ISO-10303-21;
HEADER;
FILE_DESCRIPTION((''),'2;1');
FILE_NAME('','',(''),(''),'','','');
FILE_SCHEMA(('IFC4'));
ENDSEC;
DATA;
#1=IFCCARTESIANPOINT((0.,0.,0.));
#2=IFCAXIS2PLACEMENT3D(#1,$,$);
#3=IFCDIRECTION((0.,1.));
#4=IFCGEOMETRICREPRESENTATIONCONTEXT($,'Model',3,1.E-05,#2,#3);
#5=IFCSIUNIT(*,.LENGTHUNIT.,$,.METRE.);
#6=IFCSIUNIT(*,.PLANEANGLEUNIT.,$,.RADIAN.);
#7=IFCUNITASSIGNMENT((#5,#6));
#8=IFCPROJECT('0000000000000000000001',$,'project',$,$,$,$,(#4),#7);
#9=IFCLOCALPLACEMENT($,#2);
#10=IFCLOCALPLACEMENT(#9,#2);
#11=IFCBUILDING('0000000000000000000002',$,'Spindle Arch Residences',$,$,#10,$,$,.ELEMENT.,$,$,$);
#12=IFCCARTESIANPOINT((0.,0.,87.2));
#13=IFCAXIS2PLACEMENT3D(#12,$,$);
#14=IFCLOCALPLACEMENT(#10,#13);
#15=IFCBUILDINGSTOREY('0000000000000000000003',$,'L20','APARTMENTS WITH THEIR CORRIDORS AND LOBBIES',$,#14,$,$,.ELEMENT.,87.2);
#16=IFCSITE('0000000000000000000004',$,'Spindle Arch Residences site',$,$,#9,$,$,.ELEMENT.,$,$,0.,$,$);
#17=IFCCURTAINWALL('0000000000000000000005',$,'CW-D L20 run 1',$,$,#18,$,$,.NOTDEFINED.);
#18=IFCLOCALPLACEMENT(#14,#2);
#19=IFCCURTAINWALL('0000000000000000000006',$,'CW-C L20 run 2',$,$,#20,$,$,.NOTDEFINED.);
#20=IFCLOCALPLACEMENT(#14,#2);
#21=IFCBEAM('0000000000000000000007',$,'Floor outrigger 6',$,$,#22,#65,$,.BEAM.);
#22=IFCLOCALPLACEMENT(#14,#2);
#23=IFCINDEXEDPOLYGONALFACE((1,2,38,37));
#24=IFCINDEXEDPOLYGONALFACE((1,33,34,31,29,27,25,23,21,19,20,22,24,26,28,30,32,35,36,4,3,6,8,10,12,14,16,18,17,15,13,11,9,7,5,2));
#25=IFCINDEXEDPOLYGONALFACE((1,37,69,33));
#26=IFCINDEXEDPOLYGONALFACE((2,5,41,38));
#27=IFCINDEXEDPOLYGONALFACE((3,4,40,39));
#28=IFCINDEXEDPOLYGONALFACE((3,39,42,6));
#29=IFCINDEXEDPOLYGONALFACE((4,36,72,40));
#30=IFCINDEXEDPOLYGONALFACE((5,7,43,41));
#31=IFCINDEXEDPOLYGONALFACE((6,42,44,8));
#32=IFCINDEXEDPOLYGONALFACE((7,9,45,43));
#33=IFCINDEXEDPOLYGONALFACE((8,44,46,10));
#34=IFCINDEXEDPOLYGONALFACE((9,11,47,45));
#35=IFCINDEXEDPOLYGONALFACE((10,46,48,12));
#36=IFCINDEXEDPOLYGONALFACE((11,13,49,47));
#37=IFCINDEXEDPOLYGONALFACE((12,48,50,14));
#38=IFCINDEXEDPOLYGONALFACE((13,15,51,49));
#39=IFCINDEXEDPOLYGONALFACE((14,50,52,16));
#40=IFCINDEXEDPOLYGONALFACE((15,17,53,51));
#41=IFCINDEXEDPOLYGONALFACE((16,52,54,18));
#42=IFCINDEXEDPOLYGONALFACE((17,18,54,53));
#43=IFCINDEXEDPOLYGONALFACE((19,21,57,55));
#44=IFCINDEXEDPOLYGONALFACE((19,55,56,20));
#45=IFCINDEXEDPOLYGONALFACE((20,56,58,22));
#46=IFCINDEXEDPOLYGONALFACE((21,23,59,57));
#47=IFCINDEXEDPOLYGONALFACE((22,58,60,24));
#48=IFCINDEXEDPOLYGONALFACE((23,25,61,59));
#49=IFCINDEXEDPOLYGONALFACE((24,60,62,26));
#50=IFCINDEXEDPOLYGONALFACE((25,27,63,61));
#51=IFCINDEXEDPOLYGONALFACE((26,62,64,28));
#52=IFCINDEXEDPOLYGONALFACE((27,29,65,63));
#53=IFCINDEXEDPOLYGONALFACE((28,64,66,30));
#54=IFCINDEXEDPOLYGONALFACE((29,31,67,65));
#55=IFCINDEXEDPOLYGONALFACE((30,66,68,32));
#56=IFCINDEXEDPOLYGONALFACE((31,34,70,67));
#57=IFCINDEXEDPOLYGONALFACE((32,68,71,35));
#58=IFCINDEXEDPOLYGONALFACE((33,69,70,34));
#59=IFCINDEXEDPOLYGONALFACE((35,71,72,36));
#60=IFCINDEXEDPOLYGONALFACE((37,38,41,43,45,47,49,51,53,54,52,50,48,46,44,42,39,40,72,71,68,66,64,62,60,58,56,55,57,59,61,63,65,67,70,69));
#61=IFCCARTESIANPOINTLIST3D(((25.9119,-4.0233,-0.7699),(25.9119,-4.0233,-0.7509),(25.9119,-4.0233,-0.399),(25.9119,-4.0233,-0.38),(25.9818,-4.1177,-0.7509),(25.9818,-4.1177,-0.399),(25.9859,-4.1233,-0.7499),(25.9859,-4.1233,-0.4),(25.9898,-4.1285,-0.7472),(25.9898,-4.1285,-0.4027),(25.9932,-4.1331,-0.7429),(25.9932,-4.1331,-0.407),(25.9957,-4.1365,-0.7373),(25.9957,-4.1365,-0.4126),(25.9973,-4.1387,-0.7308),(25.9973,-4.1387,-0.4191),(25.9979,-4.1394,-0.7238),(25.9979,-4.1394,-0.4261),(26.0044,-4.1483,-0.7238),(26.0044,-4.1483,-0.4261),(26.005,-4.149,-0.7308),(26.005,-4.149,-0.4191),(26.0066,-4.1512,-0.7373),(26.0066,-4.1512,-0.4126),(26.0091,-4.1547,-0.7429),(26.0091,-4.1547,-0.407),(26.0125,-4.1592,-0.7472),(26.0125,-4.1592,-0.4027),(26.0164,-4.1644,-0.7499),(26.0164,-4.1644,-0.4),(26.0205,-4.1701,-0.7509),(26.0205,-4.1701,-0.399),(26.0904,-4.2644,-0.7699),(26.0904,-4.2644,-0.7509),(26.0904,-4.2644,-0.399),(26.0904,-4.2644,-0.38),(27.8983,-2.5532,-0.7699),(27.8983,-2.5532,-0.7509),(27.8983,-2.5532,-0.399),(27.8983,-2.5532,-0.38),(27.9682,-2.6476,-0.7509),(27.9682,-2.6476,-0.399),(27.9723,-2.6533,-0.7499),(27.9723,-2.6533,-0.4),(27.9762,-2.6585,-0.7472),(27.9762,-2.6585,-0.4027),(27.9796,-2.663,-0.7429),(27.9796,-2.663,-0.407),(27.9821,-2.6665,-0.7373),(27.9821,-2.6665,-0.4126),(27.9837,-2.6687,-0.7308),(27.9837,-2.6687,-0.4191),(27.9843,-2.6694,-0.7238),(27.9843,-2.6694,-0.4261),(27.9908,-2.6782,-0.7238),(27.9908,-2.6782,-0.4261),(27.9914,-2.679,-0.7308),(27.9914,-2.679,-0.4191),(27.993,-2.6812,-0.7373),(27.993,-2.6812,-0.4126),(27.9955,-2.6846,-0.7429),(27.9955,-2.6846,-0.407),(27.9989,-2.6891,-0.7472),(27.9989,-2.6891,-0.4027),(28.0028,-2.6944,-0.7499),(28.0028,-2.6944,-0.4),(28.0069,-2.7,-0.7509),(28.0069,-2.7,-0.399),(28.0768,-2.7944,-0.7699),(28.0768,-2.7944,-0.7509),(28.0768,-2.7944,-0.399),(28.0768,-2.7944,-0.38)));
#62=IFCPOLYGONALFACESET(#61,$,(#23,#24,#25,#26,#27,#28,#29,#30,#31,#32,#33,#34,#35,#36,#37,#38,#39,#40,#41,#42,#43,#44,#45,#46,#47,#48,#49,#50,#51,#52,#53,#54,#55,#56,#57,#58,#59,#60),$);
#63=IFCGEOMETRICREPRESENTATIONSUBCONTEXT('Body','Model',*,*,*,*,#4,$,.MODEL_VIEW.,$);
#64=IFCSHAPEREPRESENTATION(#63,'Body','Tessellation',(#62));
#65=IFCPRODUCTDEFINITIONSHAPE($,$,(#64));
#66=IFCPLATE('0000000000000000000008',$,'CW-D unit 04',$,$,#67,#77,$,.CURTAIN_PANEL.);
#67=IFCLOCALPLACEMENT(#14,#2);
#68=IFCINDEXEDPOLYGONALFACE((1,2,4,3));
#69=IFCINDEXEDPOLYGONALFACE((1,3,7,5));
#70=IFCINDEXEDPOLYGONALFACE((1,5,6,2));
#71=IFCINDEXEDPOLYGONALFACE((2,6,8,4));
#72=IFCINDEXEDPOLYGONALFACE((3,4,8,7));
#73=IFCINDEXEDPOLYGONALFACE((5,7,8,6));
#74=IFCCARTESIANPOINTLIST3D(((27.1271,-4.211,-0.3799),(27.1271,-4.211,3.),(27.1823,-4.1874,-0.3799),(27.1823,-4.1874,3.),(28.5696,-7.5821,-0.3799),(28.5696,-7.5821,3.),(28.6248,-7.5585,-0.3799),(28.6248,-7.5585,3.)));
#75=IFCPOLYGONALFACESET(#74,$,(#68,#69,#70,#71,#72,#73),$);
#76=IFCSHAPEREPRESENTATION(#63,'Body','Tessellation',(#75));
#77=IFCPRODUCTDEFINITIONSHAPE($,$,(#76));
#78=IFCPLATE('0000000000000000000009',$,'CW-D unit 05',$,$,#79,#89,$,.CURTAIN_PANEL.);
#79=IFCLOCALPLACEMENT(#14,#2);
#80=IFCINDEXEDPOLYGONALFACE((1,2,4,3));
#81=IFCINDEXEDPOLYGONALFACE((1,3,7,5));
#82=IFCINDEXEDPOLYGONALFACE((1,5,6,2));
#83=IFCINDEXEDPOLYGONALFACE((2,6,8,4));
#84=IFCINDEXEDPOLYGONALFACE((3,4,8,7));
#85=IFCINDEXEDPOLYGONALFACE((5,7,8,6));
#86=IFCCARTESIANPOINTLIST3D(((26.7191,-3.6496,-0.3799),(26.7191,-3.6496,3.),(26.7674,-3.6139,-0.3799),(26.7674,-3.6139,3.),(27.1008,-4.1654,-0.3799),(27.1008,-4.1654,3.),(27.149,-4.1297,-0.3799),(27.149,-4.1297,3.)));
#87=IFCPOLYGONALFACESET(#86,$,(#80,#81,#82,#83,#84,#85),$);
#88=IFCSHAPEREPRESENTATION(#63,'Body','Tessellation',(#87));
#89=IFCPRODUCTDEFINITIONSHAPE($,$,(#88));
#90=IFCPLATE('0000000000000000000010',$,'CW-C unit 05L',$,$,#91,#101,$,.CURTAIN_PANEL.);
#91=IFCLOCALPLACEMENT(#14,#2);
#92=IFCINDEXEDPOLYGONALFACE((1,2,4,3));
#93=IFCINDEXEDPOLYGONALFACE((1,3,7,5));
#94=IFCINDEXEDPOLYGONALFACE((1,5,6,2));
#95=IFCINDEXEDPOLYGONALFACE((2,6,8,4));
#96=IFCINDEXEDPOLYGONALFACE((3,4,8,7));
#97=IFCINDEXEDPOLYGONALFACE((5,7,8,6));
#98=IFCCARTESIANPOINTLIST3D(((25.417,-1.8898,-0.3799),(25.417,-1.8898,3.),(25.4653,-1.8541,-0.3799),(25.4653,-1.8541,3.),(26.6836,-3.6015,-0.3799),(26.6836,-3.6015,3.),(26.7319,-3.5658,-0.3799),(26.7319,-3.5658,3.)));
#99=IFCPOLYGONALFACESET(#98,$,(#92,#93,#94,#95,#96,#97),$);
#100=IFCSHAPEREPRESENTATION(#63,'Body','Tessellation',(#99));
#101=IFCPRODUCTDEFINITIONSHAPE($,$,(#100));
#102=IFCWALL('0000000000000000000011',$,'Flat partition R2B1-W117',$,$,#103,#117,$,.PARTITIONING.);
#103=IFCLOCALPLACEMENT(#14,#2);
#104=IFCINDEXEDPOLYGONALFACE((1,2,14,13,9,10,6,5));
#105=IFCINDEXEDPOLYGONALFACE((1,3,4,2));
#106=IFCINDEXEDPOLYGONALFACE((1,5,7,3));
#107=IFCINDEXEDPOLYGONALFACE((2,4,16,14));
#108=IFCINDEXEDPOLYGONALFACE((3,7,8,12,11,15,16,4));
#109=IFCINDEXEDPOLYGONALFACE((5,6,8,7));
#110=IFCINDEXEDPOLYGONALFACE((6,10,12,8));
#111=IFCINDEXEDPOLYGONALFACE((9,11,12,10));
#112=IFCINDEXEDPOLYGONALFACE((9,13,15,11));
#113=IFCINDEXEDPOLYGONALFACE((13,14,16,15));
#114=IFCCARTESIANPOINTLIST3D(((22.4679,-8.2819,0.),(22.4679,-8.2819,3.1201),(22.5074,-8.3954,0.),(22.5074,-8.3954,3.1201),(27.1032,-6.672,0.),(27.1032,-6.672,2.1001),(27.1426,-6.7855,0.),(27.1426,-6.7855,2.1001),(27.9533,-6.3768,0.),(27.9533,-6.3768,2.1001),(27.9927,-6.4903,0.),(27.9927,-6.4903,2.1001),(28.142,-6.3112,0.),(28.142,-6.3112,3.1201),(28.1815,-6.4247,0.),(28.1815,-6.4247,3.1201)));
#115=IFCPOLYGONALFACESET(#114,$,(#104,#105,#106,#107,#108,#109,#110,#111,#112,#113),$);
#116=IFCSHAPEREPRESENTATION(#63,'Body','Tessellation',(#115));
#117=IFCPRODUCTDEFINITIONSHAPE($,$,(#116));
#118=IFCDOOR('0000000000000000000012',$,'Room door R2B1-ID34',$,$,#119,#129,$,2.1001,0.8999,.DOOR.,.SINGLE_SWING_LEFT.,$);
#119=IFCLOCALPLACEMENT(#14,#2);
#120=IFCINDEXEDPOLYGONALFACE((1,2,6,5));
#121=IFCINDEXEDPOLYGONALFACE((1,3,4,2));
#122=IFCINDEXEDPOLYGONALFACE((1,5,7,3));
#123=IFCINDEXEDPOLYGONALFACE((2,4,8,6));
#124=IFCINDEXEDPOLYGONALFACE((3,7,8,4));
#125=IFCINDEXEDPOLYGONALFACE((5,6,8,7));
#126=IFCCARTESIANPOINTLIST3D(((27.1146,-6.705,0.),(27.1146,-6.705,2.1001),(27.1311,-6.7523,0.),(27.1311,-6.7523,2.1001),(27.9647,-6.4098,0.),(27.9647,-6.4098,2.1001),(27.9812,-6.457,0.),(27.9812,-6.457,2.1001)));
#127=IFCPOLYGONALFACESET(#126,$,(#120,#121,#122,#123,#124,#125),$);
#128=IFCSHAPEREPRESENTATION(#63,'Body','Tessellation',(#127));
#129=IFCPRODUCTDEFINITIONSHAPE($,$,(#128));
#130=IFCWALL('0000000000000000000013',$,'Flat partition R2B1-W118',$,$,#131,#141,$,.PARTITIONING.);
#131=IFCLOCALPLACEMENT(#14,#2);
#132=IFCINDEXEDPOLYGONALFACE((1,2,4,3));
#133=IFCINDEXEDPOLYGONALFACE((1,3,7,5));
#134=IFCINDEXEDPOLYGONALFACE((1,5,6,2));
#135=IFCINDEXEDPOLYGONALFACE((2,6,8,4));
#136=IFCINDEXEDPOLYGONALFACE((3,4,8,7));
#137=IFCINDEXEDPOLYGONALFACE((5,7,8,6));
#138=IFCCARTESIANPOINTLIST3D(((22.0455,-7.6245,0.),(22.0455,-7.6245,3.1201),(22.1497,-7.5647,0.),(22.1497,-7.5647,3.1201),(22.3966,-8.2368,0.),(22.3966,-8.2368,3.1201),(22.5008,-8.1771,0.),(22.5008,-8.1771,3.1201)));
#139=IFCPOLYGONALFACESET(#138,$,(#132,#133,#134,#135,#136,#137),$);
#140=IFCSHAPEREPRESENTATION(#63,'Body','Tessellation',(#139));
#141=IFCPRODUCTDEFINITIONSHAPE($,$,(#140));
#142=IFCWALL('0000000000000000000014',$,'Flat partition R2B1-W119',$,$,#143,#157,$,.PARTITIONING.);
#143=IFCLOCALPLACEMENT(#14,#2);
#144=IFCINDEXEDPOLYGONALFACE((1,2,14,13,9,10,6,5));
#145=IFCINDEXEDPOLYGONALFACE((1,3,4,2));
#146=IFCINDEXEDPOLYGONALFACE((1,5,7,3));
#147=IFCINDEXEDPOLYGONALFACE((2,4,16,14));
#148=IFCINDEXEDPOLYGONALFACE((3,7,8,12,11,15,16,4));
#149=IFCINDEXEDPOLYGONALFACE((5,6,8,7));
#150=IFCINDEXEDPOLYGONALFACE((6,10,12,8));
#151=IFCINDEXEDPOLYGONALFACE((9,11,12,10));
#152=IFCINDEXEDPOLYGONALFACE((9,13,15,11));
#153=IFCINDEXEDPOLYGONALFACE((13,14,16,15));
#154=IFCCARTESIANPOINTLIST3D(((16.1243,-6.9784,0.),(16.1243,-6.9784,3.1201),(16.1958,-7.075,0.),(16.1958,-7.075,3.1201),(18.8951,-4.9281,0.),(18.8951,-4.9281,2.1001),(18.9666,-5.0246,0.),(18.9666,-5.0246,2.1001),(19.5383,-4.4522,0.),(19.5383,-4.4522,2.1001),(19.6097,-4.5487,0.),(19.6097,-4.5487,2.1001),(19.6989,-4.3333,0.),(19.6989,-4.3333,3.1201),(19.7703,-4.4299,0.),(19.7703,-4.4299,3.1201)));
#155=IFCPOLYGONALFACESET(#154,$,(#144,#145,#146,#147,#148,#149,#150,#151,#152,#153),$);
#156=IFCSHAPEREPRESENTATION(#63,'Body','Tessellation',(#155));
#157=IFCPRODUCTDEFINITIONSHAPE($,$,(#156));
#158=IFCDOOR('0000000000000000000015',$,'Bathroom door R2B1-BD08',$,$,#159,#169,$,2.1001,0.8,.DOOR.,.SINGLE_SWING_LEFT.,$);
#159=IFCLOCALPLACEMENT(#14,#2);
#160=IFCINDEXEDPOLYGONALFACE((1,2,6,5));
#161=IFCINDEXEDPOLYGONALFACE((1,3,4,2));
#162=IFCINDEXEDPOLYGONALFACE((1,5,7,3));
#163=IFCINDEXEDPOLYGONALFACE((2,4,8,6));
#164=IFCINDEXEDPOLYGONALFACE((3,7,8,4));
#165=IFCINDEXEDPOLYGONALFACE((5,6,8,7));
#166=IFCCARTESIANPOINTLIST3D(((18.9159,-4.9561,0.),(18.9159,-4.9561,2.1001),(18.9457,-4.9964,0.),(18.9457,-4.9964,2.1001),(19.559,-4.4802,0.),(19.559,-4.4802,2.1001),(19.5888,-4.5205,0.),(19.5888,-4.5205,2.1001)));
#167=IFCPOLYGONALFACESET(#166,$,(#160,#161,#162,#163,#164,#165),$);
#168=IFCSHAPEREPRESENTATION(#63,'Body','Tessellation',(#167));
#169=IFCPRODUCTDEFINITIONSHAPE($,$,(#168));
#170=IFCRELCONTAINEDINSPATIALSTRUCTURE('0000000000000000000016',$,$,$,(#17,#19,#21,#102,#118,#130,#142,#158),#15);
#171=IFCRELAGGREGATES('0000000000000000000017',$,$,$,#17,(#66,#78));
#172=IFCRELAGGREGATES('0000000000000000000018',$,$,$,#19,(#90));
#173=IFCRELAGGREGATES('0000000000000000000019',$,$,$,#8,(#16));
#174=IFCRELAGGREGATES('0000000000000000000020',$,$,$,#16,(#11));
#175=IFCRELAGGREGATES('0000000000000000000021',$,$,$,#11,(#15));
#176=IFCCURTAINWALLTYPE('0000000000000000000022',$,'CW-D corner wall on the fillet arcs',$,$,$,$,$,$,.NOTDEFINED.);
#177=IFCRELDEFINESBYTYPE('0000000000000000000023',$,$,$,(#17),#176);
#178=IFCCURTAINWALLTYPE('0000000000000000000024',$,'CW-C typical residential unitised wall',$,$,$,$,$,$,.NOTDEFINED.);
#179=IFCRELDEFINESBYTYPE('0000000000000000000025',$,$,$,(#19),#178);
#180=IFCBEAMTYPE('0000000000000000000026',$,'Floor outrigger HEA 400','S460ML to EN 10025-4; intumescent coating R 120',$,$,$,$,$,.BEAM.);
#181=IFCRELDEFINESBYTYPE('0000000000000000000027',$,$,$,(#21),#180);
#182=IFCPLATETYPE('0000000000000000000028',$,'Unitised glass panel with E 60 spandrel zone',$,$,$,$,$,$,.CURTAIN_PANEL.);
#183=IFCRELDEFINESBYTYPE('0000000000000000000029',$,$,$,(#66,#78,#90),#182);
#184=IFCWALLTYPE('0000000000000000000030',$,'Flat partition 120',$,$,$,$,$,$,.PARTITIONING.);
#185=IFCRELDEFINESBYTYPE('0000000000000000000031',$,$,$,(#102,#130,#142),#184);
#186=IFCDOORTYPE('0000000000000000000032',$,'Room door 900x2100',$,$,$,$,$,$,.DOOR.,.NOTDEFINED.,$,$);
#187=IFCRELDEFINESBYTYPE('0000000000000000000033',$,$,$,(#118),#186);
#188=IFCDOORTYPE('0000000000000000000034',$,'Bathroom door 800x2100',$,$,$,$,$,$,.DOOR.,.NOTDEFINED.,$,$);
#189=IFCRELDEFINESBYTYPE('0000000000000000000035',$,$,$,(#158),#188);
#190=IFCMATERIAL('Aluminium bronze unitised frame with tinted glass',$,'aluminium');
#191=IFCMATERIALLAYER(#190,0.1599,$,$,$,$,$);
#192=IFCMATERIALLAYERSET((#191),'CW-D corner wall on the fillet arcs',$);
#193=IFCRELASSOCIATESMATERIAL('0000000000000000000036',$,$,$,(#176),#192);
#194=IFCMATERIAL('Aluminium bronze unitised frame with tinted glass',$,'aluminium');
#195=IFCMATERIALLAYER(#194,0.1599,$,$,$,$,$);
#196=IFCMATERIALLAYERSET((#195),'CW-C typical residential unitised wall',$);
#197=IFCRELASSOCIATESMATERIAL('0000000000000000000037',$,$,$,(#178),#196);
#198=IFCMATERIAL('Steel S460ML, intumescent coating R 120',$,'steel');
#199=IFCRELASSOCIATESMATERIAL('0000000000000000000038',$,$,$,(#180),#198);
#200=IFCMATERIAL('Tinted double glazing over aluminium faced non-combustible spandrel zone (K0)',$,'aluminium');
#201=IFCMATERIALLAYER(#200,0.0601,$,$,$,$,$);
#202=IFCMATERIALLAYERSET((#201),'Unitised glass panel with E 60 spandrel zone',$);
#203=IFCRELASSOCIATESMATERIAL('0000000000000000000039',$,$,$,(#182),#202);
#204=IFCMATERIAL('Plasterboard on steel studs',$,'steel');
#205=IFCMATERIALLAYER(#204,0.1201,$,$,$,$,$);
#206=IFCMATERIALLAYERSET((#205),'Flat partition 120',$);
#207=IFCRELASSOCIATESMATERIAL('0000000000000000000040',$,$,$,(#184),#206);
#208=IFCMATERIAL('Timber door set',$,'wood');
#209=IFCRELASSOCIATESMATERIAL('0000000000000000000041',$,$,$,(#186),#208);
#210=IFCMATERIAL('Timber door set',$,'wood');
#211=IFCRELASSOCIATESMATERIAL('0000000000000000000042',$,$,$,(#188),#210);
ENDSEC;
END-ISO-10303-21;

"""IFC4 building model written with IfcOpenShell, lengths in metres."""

from ifc_helpers import new_model, si_unit, direction, frame, frame_2d, origin, origin_2d, place, context, subcontext, project, spatial, rectangle, i_section, extrude, material, layer, layer_set, material_profile, profile_set, type_object, element, fill, aggregate, save


model = new_model("IFC4")

# Units and contexts
model_context = context("Model", 3, precision=1e-05, world=origin(), true_north=direction((0.0, 1.0)))
body_context = subcontext(model_context, "Body", "Model", "MODEL_VIEW")
ifc_project = project(units=[si_unit("LENGTHUNIT", "METRE"), si_unit("PLANEANGLEUNIT", "RADIAN")], contexts=[model_context])

# Site, building, storey
site_placement = place(None, origin())
site = spatial("IfcSite", under=ifc_project, at=site_placement, Name="Spindle Arch Residences site", CompositionType="ELEMENT", RefElevation=0.0)
building_placement = place(site_placement, origin())
building = spatial("IfcBuilding", under=site, at=building_placement, Name="Spindle Arch Residences", CompositionType="ELEMENT")
storey_placement = place(building_placement, frame((0.0, 0.0, 87.2)))
storey = spatial("IfcBuildingStorey", under=building, at=storey_placement, Name="L20", Description="APARTMENTS WITH THEIR CORRIDORS AND LOBBIES", CompositionType="ELEMENT", Elevation=87.2)

# Curtain wall
ifc_material_1 = material(Name="Aluminium bronze unitised frame with tinted glass", Category="aluminium")
ifc_layer_1 = layer(ifc_material_1, 0.1599)
ifc_layer_set_1 = layer_set([ifc_layer_1], Name="CW-D corner wall on the fillet arcs")
curtain_wall_type_1 = type_object("IfcCurtainWallType", Name="CW-D corner wall on the fillet arcs", PredefinedType="NOTDEFINED", material=ifc_layer_set_1)
curtain_wall_1_placement = place(storey_placement, origin())
curtain_wall_1 = element("IfcCurtainWall", 1, at=curtain_wall_1_placement, inside=storey, type_object=curtain_wall_type_1, Name="CW-D L20 run 1", PredefinedType="NOTDEFINED")

# Curtain wall
ifc_material_2 = material(Name="Aluminium bronze unitised frame with tinted glass", Category="aluminium")
ifc_layer_2 = layer(ifc_material_2, 0.1599)
ifc_layer_set_2 = layer_set([ifc_layer_2], Name="CW-C typical residential unitised wall")
curtain_wall_type_2 = type_object("IfcCurtainWallType", Name="CW-C typical residential unitised wall", PredefinedType="NOTDEFINED", material=ifc_layer_set_2)
curtain_wall_2_placement = place(storey_placement, origin())
curtain_wall_2 = element("IfcCurtainWall", 2, at=curtain_wall_2_placement, inside=storey, type_object=curtain_wall_type_2, Name="CW-C L20 run 2", PredefinedType="NOTDEFINED")

# Beam
ifc_material_3 = material(Name="Steel S460ML, intumescent coating R 120", Category="steel")
ifc_material_profile_1 = material_profile(ifc_material_3, i_section(OverallWidth=0.3, OverallDepth=0.3899, WebThickness=0.011, FlangeThickness=0.019, FilletRadius=0.0271, at=origin_2d()), Name="HEA 400")
ifc_profile_set_1 = profile_set([ifc_material_profile_1], Name="Steel S460ML, intumescent coating R 120")
beam_type_1 = type_object("IfcBeamType", Name="Floor outrigger HEA 400", Description="S460ML to EN 10025-4; intumescent coating R 120", PredefinedType="BEAM", material=ifc_profile_set_1)
beam_1_placement = place(storey_placement, frame((27.9875, -2.6738, -0.575), z_axis=(-0.803825, -0.594866, 0.0), x_axis=(0.594866, -0.803825, 0.0)))
element("IfcBeam", 3, at=beam_1_placement, inside=storey, type_object=beam_type_1, Name="Floor outrigger 6", PredefinedType="BEAM", context=body_context, shape_type="SweptSolid", body=[
    extrude(i_section(OverallWidth=0.3, OverallDepth=0.3899, WebThickness=0.011, FlangeThickness=0.019, FilletRadius=0.0271, at=origin_2d()), origin(), (0.0, 0.0, 1.0), 2.4712),
])

# Plates
ifc_material_4 = material(Name="Tinted double glazing over aluminium faced non-combustible spandrel zone (K0)", Category="aluminium")
ifc_layer_3 = layer(ifc_material_4, 0.0601)
ifc_layer_set_3 = layer_set([ifc_layer_3], Name="Unitised glass panel with E 60 spandrel zone")
plate_type = type_object("IfcPlateType", Name="Unitised glass panel with E 60 spandrel zone", PredefinedType="CURTAIN_PANEL", material=ifc_layer_set_3)
plate_1_placement = place(storey_placement, frame((27.876, -5.8848, -0.3799), z_axis=(0.0, 0.0, 1.0), x_axis=(-0.393407, 0.919364, 0.0)))
plate_1 = element("IfcPlate", 4, at=plate_1_placement, type_object=plate_type, Name="CW-D unit 04", PredefinedType="CURTAIN_PANEL", context=body_context, shape_type="SweptSolid", body=[
    extrude(rectangle(XDim=3.6667, YDim=0.0601, at=origin_2d()), origin(), (0.0, 0.0, 1.0), 3.3799),
])
plate_2_placement = place(storey_placement, frame((26.9341, -3.8896, -0.3799), z_axis=(0.0, 0.0, 1.0), x_axis=(-0.594823, 0.803857, 0.0)))
plate_2 = element("IfcPlate", 5, at=plate_2_placement, type_object=plate_type, Name="CW-D unit 05", PredefinedType="CURTAIN_PANEL", context=body_context, shape_type="SweptSolid", body=[
    extrude(rectangle(XDim=0.6416, YDim=0.0601, at=origin_2d()), origin(), (0.0, 0.0, 1.0), 3.3799),
])
aggregate(curtain_wall_1, [plate_1, plate_2])
plate_3_placement = place(storey_placement, frame((26.0745, -2.7278, -0.3799), z_axis=(0.0, 0.0, 1.0), x_axis=(-0.594823, 0.803857, 0.0)))
plate_3 = element("IfcPlate", 6, at=plate_3_placement, type_object=plate_type, Name="CW-C unit 05L", PredefinedType="CURTAIN_PANEL", context=body_context, shape_type="SweptSolid", body=[
    extrude(rectangle(XDim=2.1294, YDim=0.0601, at=origin_2d()), origin(), (0.0, 0.0, 1.0), 3.3799),
])
aggregate(curtain_wall_2, [plate_3])

# Wall, opening, door
ifc_material_5 = material(Name="Plasterboard on steel studs", Category="steel")
ifc_layer_4 = layer(ifc_material_5, 0.1201)
ifc_layer_set_4 = layer_set([ifc_layer_4], Name="Flat partition 120")
wall_type_1 = type_object("IfcWallType", Name="Flat partition 120", PredefinedType="PARTITIONING", material=ifc_layer_set_4)
wall_1_placement = place(storey_placement, frame((28.1619, -6.3679, 0.0), z_axis=(0.0, 0.0, 1.0), x_axis=(-0.944646, -0.328092, 0.0)))
wall_1 = element("IfcWall", 7, at=wall_1_placement, inside=storey, type_object=wall_type_1, Name="Flat partition R2B1-W117", PredefinedType="PARTITIONING", context=body_context, shape_type="SweptSolid", body=[
    extrude(rectangle(XDim=6.0066, YDim=0.1201, at=frame_2d((3.0034, 0.0))), origin(), (0.0, 0.0, 1.0), 3.1201),
])
opening_1_placement = place(wall_1_placement, frame((0.2, 0.0, 0.0)))
opening_1 = element("IfcOpeningElement", 8, at=opening_1_placement, cuts=wall_1, PredefinedType="OPENING", context=body_context, shape_type="SweptSolid", body=[
    extrude(rectangle(XDim=0.8999, YDim=2.1001, at=frame_2d((0.45, 1.05))), frame((0.0, 0.0701, 0.0), z_axis=(0.0, -1.0, 0.0), x_axis=(1.0, 0.0, 0.0)), (0.0, 0.0, 1.0), 0.1401),
])
ifc_material_6 = material(Name="Timber door set", Category="wood")
door_type_1 = type_object("IfcDoorType", Name="Room door 900x2100", OperationType="NOTDEFINED", PredefinedType="DOOR", material=ifc_material_6)
door_1_placement = place(opening_1_placement, origin())
door_1 = element("IfcDoor", 9, at=door_1_placement, inside=storey, type_object=door_type_1, Name="Room door R2B1-ID34", OperationType="SINGLE_SWING_LEFT", OverallHeight=2.1001, OverallWidth=0.8999, PredefinedType="DOOR", context=body_context, shape_type="SweptSolid", body=[
    extrude(rectangle(XDim=0.8999, YDim=2.1001, at=frame_2d((0.45, 1.05))), frame((0.0, 0.0249, 0.0), z_axis=(0.0, -1.0, 0.0), x_axis=(1.0, 0.0, 0.0)), (0.0, 0.0, 1.0), 0.05),
])
fill(opening_1, door_1)

# Wall
wall_2_placement = place(storey_placement, frame((22.4487, -8.207, 0.0), z_axis=(0.0, 0.0, 1.0), x_axis=(-0.497405, 0.867518, 0.0)))
element("IfcWall", 10, at=wall_2_placement, inside=storey, type_object=wall_type_1, Name="Flat partition R2B1-W118", PredefinedType="PARTITIONING", context=body_context, shape_type="SweptSolid", body=[
    extrude(rectangle(XDim=0.7058, YDim=0.1201, at=frame_2d((0.353, 0.0))), origin(), (0.0, 0.0, 1.0), 3.1201),
])

# Wall, opening, door
wall_3_placement = place(storey_placement, frame((19.7346, -4.3816, 0.0), z_axis=(0.0, 0.0, 1.0), x_axis=(-0.803851, -0.594831, 0.0)))
wall_3 = element("IfcWall", 11, at=wall_3_placement, inside=storey, type_object=wall_type_1, Name="Flat partition R2B1-W119", PredefinedType="PARTITIONING", context=body_context, shape_type="SweptSolid", body=[
    extrude(rectangle(XDim=4.4468, YDim=0.1201, at=frame_2d((2.2234, 0.0))), origin(), (0.0, 0.0, 1.0), 3.1201),
])
opening_2_placement = place(wall_3_placement, frame((0.2, 0.0, 0.0)))
opening_2 = element("IfcOpeningElement", 12, at=opening_2_placement, cuts=wall_3, PredefinedType="OPENING", context=body_context, shape_type="SweptSolid", body=[
    extrude(rectangle(XDim=0.8, YDim=2.1001, at=frame_2d((0.3999, 1.05))), frame((0.0, 0.0701, 0.0), z_axis=(0.0, -1.0, 0.0), x_axis=(1.0, 0.0, 0.0)), (0.0, 0.0, 1.0), 0.1401),
])
ifc_material_7 = material(Name="Timber door set", Category="wood")
door_type_2 = type_object("IfcDoorType", Name="Bathroom door 800x2100", OperationType="NOTDEFINED", PredefinedType="DOOR", material=ifc_material_7)
door_2_placement = place(opening_2_placement, origin())
door_2 = element("IfcDoor", 13, at=door_2_placement, inside=storey, type_object=door_type_2, Name="Bathroom door R2B1-BD08", OperationType="SINGLE_SWING_LEFT", OverallHeight=2.1001, OverallWidth=0.8, PredefinedType="DOOR", context=body_context, shape_type="SweptSolid", body=[
    extrude(rectangle(XDim=0.8, YDim=2.1001, at=frame_2d((0.3999, 1.05))), frame((0.0, 0.0249, 0.0), z_axis=(0.0, -1.0, 0.0), x_axis=(1.0, 0.0, 0.0)), (0.0, 0.0, 1.0), 0.05),
])
fill(opening_2, door_2)

save(model, "model.ifc")
